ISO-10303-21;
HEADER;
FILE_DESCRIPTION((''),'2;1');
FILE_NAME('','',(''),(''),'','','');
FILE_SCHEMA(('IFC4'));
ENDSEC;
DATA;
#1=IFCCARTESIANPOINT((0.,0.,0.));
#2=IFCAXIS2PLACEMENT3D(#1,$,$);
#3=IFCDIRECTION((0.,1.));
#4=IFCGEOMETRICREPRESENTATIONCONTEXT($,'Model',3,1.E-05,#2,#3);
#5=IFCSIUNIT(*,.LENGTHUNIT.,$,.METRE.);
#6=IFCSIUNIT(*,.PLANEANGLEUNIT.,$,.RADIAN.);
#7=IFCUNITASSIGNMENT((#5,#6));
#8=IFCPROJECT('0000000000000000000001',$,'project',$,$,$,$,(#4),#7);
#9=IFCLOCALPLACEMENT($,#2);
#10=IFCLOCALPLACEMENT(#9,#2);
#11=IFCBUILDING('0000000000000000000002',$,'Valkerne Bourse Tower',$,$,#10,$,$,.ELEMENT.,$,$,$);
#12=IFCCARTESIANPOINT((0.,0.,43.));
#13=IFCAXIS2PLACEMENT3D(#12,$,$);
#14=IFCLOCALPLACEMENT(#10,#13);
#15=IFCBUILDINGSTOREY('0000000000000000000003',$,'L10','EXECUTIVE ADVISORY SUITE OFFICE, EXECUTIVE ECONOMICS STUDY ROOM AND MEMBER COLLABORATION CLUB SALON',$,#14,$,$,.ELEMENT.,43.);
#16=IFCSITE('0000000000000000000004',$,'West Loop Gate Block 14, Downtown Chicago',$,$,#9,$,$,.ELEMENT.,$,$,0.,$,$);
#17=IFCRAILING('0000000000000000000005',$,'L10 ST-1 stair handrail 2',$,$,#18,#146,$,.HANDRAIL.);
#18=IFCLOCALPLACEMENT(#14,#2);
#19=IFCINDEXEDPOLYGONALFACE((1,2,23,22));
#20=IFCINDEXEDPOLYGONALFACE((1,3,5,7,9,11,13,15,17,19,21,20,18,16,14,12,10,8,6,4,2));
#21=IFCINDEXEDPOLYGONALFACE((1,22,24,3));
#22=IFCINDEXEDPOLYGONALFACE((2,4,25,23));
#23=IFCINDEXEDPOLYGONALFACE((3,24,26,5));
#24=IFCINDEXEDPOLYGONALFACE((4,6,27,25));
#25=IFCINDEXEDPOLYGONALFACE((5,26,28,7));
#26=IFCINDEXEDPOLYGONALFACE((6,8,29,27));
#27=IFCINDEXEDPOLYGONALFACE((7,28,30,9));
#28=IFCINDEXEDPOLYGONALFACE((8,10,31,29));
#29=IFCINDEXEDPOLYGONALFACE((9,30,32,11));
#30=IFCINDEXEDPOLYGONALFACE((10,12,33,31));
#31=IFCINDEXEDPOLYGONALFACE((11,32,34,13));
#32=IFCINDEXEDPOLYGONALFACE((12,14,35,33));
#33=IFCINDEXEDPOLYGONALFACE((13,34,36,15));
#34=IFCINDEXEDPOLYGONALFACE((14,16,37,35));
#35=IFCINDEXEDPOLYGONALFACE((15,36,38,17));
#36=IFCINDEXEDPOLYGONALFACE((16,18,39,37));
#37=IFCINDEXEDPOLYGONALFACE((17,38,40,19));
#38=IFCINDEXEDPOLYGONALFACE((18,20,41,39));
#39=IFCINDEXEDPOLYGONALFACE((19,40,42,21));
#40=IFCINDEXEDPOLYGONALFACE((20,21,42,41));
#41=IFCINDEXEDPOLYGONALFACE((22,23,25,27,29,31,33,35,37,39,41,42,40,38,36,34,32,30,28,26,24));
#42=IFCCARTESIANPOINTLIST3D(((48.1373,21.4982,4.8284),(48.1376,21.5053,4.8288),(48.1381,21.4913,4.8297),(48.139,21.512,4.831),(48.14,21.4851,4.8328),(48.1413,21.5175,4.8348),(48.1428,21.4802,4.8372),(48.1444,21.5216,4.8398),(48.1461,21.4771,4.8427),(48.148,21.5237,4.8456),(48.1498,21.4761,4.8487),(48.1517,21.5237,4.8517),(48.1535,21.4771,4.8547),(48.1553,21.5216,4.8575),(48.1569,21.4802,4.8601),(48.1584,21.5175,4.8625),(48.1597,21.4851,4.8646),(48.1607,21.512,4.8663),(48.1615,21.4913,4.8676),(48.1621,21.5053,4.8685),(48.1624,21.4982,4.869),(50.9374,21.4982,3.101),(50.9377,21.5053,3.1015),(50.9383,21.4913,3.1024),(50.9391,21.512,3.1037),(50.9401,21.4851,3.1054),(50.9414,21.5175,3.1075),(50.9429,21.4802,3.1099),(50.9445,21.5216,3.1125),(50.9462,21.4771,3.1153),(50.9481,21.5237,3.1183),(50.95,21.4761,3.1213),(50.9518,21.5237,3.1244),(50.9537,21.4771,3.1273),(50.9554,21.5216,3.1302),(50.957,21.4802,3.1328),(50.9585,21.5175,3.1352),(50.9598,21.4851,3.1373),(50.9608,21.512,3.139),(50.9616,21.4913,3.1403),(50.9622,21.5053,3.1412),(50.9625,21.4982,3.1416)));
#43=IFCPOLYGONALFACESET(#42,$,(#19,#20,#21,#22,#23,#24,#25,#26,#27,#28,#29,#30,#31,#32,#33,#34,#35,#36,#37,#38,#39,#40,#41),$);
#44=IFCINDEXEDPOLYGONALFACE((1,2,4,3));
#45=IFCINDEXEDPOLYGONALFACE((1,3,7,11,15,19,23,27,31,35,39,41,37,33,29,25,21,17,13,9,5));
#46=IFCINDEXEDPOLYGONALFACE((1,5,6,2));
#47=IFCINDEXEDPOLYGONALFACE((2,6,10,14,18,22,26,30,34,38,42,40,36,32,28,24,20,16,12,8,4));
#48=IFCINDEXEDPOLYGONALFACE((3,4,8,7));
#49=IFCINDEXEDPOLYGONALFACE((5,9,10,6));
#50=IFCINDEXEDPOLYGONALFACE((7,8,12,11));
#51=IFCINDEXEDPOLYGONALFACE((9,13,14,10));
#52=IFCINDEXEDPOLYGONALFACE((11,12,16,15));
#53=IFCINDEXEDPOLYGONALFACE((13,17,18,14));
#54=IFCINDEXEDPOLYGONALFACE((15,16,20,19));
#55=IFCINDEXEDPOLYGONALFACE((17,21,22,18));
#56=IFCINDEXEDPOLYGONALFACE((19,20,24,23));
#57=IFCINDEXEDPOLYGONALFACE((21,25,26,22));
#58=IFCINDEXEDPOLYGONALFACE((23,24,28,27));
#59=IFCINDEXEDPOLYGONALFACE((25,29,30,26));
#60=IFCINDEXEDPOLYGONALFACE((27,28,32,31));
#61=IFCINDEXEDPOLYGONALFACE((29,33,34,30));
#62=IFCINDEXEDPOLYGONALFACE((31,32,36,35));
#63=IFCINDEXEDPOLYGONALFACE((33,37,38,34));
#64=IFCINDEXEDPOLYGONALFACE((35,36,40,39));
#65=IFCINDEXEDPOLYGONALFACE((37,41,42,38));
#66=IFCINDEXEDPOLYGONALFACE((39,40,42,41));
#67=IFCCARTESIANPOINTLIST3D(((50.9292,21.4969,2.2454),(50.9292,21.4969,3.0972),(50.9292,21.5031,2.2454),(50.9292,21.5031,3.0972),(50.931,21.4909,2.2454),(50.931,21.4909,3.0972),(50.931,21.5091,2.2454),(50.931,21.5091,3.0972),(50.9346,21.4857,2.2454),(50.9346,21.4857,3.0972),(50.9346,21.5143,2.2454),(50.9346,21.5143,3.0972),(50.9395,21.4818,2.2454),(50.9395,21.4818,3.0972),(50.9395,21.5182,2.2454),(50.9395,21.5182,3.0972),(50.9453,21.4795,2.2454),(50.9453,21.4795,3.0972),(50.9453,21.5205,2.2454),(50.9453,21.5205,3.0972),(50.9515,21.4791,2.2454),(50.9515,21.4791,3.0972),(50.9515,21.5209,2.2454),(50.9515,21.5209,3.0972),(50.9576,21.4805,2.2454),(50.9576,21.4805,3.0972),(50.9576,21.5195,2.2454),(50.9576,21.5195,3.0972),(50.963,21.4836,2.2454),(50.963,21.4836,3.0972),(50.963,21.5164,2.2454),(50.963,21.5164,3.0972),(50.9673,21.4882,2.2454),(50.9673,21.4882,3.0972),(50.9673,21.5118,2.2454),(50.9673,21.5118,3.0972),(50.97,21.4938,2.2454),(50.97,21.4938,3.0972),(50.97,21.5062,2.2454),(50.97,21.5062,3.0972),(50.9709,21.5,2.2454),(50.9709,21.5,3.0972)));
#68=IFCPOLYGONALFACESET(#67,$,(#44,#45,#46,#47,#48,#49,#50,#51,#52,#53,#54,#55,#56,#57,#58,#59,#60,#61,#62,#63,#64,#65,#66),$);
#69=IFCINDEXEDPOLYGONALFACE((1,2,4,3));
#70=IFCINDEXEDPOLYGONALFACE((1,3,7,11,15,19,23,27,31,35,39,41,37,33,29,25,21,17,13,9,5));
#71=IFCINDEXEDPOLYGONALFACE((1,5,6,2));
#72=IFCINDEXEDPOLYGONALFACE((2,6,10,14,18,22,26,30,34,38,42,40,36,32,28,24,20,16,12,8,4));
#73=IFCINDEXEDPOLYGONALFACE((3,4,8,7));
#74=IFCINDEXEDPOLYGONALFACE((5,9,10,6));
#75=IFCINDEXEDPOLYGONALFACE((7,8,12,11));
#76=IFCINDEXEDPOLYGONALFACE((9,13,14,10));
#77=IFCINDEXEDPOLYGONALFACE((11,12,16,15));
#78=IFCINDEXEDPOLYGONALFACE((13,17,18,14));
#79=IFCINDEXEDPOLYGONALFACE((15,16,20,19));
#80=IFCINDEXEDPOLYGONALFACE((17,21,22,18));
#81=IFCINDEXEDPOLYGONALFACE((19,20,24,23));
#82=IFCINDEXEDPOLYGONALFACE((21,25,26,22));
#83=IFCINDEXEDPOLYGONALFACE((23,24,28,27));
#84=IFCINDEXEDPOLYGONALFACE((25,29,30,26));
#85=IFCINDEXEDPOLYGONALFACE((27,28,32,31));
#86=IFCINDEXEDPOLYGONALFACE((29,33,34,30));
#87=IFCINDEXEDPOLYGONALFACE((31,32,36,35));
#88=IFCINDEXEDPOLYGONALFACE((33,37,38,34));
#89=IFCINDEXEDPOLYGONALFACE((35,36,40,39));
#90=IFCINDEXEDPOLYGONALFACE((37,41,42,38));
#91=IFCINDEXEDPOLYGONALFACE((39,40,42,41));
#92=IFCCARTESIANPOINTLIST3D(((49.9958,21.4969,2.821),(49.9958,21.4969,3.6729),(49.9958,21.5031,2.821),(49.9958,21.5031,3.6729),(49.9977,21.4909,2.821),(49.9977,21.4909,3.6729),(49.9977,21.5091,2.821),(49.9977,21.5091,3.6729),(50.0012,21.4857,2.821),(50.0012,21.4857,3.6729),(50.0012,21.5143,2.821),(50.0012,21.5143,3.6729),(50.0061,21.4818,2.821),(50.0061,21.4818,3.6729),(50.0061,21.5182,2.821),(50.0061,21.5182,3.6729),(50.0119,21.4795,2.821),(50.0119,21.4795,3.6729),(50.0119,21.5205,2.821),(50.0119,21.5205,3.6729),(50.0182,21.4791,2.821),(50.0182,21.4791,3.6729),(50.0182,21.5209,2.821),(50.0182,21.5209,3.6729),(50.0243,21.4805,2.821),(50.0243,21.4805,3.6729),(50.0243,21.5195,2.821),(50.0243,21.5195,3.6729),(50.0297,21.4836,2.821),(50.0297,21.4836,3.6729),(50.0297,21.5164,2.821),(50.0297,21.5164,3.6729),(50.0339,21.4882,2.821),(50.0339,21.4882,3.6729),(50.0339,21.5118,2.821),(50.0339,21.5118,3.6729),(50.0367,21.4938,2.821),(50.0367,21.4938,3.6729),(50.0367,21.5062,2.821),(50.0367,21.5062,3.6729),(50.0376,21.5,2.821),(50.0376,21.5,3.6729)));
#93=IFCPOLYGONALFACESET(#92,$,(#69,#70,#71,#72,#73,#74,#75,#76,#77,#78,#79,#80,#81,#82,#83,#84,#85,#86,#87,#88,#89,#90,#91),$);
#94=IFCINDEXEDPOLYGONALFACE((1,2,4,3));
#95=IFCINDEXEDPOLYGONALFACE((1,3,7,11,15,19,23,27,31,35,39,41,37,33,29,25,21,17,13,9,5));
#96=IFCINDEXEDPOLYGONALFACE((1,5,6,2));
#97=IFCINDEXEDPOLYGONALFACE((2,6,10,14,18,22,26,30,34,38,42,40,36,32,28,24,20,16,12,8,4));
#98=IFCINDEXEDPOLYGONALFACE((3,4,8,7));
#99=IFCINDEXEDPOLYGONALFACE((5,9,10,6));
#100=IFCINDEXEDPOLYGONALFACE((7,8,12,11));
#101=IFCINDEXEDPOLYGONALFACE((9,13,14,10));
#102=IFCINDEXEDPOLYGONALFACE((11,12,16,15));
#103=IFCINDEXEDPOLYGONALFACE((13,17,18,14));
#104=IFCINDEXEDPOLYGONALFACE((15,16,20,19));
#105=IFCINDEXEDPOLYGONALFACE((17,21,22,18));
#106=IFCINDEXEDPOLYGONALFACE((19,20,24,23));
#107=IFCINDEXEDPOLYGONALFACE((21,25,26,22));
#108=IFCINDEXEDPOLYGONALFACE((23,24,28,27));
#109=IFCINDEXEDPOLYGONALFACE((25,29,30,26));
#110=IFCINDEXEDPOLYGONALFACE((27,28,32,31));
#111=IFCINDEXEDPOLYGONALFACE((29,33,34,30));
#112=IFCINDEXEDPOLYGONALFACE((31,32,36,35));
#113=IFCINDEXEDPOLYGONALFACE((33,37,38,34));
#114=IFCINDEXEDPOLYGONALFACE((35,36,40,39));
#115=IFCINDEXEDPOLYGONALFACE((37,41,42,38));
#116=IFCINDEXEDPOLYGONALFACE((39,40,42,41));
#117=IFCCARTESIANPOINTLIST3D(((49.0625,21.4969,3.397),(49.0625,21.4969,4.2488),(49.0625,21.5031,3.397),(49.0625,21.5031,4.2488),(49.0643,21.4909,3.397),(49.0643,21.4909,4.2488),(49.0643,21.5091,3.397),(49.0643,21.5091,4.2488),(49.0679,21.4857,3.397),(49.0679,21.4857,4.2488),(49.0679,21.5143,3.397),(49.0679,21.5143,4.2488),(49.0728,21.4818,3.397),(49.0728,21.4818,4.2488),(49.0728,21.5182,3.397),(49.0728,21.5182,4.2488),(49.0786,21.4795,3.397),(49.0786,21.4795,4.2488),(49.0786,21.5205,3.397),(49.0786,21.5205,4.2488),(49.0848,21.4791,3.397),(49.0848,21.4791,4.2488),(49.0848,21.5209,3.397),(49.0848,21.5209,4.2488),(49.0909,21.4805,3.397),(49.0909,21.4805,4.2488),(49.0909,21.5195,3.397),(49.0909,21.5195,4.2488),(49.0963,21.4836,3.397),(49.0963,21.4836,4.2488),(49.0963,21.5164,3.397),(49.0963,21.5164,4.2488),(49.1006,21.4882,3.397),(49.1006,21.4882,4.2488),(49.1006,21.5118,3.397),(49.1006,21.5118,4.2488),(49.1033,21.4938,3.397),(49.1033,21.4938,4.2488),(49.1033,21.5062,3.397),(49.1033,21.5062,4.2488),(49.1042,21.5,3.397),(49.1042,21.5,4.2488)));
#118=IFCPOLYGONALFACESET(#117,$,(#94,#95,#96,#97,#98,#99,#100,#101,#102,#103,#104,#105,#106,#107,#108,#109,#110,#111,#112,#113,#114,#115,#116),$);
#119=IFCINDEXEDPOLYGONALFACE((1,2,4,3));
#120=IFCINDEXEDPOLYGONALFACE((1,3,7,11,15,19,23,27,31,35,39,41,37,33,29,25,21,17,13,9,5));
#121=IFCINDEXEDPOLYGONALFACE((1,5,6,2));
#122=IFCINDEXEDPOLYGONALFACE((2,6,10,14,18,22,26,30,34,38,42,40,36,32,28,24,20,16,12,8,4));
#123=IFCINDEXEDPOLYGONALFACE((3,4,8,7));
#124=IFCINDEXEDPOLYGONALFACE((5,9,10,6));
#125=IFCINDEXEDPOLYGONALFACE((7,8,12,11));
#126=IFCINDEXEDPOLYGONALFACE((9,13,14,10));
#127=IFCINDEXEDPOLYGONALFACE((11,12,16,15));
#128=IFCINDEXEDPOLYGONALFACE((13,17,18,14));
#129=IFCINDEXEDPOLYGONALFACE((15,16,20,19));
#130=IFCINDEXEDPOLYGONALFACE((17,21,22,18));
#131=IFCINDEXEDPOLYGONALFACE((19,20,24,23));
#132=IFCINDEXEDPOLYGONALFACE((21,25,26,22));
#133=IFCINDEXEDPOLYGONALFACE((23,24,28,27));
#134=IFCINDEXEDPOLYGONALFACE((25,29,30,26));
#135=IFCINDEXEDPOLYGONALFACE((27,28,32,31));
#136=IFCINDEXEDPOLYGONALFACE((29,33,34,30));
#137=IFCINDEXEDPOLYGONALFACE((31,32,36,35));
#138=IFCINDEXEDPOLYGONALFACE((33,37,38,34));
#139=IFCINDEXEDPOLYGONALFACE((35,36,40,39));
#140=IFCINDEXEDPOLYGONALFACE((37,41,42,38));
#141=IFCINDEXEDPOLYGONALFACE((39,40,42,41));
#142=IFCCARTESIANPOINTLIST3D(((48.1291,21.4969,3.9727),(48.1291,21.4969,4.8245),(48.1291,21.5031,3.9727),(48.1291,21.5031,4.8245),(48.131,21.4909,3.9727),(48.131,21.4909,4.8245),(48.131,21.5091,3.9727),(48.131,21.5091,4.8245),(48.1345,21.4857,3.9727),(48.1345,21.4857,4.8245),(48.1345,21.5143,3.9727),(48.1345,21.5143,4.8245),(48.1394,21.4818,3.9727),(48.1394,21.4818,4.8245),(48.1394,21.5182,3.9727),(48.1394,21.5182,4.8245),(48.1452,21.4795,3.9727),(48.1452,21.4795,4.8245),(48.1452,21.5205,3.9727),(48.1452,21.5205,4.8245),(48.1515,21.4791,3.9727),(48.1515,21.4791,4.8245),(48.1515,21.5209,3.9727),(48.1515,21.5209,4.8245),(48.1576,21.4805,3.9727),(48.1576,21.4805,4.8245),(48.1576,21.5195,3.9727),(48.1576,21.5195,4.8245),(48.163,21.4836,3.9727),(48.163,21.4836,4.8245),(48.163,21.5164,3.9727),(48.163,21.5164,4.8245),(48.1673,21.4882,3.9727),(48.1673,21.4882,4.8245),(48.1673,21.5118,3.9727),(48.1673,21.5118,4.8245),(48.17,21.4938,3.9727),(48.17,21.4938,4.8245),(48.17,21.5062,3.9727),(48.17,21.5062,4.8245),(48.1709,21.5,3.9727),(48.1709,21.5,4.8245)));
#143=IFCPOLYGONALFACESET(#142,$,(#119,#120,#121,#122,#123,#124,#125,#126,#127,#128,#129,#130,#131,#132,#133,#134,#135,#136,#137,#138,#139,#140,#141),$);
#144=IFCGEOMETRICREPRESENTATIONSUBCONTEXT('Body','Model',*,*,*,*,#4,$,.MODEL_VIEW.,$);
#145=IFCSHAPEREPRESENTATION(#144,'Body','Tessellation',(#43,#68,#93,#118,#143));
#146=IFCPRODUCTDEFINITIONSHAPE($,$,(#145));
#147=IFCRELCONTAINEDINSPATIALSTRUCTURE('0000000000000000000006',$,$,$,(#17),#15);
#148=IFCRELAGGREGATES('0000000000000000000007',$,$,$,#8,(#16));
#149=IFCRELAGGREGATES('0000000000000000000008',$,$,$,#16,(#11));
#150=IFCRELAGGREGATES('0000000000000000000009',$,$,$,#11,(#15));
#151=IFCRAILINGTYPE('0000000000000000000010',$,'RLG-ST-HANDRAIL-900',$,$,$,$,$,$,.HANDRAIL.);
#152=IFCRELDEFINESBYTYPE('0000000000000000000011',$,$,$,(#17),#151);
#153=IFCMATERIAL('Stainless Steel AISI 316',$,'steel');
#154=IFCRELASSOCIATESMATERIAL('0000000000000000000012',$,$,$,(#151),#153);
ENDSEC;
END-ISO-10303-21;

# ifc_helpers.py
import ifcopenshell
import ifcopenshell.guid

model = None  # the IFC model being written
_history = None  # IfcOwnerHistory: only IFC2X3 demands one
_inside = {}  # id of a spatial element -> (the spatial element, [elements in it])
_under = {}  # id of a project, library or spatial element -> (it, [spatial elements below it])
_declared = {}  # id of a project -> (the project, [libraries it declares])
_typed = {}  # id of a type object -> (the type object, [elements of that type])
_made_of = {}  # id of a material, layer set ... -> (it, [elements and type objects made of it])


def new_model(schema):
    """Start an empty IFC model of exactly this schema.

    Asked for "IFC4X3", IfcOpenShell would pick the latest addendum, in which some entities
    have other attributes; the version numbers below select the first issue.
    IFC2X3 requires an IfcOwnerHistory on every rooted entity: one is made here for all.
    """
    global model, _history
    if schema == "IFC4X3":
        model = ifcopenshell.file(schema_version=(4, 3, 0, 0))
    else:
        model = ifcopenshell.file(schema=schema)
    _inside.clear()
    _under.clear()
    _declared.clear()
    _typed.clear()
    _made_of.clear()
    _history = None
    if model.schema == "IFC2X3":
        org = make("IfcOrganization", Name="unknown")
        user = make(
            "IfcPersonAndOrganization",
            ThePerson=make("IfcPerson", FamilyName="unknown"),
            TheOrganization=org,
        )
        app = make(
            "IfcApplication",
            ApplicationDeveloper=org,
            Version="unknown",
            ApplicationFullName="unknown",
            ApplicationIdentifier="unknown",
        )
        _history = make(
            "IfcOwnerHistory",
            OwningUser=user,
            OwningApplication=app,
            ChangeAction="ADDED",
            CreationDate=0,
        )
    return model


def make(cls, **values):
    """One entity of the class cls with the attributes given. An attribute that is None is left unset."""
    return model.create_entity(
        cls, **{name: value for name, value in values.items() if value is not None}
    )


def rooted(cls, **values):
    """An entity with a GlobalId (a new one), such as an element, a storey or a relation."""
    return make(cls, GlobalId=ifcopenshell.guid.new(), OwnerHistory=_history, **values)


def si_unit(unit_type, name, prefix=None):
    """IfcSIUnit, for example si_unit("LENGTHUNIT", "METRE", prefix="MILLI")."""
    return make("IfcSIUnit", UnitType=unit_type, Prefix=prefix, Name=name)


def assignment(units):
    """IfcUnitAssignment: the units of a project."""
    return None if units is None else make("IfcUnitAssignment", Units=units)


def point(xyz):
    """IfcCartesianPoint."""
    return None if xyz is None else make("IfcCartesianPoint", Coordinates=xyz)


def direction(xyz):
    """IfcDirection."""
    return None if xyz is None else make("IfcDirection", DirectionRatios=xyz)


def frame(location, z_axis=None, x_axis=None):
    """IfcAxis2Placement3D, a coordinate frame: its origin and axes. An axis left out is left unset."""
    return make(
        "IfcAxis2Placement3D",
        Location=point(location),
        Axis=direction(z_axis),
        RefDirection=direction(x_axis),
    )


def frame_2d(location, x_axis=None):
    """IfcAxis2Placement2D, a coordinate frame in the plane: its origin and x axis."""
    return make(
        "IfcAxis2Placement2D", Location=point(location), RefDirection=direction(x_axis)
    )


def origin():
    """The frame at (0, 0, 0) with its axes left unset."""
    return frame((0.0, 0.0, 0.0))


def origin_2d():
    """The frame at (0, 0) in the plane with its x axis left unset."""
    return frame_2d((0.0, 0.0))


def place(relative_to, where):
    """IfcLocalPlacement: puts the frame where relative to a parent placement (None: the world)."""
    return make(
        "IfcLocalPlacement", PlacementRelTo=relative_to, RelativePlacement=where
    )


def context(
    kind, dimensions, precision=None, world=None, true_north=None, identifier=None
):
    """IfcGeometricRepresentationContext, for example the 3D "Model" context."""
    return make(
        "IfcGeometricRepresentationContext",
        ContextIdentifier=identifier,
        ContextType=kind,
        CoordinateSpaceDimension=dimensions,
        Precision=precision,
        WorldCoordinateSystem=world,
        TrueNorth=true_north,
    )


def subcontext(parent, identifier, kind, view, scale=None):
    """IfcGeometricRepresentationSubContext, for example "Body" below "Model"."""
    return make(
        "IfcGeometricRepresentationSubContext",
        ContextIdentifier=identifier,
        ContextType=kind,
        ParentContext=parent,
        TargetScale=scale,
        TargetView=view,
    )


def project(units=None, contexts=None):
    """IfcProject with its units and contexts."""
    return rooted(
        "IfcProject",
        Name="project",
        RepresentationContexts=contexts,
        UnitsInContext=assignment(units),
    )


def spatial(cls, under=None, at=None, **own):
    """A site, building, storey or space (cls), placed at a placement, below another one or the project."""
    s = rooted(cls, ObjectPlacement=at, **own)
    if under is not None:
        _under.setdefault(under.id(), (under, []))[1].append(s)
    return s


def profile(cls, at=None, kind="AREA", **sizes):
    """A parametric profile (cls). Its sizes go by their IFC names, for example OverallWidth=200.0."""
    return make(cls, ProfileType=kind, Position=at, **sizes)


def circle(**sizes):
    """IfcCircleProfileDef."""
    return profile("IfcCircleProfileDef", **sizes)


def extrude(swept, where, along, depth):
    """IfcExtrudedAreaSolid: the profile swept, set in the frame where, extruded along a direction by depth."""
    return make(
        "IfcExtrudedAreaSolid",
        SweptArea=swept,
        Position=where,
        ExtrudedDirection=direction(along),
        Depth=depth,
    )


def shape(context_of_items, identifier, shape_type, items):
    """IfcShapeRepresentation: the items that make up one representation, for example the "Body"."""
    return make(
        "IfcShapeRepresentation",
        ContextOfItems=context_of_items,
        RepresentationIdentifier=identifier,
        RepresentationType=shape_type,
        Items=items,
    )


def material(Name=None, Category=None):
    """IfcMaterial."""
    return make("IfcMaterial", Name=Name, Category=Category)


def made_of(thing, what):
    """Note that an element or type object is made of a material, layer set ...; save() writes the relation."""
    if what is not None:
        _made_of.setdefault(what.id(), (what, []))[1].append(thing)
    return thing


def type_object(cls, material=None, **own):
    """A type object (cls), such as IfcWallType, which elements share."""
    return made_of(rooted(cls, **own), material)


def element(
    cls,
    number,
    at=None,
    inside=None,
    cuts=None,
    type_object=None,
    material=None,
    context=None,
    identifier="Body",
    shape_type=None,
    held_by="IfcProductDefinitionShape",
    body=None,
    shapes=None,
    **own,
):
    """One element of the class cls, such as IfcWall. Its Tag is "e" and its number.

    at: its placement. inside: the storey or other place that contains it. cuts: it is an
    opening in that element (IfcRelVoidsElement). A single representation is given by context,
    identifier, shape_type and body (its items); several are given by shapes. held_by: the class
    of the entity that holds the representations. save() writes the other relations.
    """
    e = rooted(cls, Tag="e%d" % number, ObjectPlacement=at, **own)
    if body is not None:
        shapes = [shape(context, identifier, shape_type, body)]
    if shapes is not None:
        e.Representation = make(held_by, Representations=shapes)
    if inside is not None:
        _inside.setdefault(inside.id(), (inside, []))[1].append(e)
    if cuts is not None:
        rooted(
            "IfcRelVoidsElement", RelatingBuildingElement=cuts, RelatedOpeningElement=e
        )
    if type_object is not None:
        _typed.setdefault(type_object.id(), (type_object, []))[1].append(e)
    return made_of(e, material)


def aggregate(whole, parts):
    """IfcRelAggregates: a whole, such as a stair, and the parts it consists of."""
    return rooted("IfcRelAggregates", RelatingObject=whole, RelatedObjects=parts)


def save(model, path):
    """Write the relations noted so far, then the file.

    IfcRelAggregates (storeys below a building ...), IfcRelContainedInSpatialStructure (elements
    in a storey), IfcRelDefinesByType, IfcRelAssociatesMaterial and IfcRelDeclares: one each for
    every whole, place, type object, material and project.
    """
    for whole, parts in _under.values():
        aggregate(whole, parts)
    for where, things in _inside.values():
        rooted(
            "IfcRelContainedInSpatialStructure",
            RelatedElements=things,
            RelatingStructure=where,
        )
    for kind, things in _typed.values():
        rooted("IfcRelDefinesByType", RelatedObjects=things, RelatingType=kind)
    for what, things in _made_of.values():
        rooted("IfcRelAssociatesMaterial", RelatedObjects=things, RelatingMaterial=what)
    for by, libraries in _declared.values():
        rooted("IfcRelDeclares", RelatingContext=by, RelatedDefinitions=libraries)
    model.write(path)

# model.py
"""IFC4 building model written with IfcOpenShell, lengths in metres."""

from ifc_helpers import new_model, si_unit, direction, frame, origin, origin_2d, place, context, subcontext, project, spatial, circle, extrude, material, type_object, element, save


model = new_model("IFC4")

# Units and contexts
model_context = context("Model", 3, precision=1e-05, world=origin(), true_north=direction((0.0, 1.0)))
body_context = subcontext(model_context, "Body", "Model", "MODEL_VIEW")
ifc_project = project(units=[si_unit("LENGTHUNIT", "METRE"), si_unit("PLANEANGLEUNIT", "RADIAN")], contexts=[model_context])

# Site, building, storey
site_placement = place(None, origin())
site = spatial("IfcSite", under=ifc_project, at=site_placement, Name="West Loop Gate Block 14, Downtown Chicago", CompositionType="ELEMENT", RefElevation=0.0)
building_placement = place(site_placement, origin())
building = spatial("IfcBuilding", under=site, at=building_placement, Name="Valkerne Bourse Tower", CompositionType="ELEMENT")
storey_placement = place(building_placement, frame((0.0, 0.0, 43.0)))
storey = spatial("IfcBuildingStorey", under=building, at=storey_placement, Name="L10", Description="EXECUTIVE ADVISORY SUITE OFFICE, EXECUTIVE ECONOMICS STUDY ROOM AND MEMBER COLLABORATION CLUB SALON", CompositionType="ELEMENT", Elevation=43.0)

# Railing
ifc_material_1 = material(Name="Stainless Steel AISI 316", Category="steel")
railing_type_1 = type_object("IfcRailingType", Name="RLG-ST-HANDRAIL-900", PredefinedType="HANDRAIL", material=ifc_material_1)
railing_1_placement = place(storey_placement, frame((50.95, 21.5, 2.2454)))
element("IfcRailing", 1, at=railing_1_placement, inside=storey, type_object=railing_type_1, Name="L10 ST-1 stair handrail 2", PredefinedType="HANDRAIL", context=body_context, shape_type="SweptSolid", body=[
    extrude(circle(Radius=0.0239, at=origin_2d()), frame((0.0, 0.0, 0.876), z_axis=(-0.85109, 0.0, 0.52502), x_axis=(0.0, -1.0, 0.0)), (0.0, 0.0, 1.0), 3.29),
    extrude(circle(Radius=0.021, at=origin_2d()), origin(), (0.0, 0.0, 1.0), 0.8518),
    extrude(circle(Radius=0.021, at=origin_2d()), frame((-0.9333, 0.0, 0.5757)), (0.0, 0.0, 1.0), 0.8518),
    extrude(circle(Radius=0.021, at=origin_2d()), frame((-1.8667, 0.0, 1.1516)), (0.0, 0.0, 1.0), 0.8518),
    extrude(circle(Radius=0.021, at=origin_2d()), frame((-2.8, 0.0, 1.7273)), (0.0, 0.0, 1.0), 0.8518),
])

save(model, "model.ifc")
